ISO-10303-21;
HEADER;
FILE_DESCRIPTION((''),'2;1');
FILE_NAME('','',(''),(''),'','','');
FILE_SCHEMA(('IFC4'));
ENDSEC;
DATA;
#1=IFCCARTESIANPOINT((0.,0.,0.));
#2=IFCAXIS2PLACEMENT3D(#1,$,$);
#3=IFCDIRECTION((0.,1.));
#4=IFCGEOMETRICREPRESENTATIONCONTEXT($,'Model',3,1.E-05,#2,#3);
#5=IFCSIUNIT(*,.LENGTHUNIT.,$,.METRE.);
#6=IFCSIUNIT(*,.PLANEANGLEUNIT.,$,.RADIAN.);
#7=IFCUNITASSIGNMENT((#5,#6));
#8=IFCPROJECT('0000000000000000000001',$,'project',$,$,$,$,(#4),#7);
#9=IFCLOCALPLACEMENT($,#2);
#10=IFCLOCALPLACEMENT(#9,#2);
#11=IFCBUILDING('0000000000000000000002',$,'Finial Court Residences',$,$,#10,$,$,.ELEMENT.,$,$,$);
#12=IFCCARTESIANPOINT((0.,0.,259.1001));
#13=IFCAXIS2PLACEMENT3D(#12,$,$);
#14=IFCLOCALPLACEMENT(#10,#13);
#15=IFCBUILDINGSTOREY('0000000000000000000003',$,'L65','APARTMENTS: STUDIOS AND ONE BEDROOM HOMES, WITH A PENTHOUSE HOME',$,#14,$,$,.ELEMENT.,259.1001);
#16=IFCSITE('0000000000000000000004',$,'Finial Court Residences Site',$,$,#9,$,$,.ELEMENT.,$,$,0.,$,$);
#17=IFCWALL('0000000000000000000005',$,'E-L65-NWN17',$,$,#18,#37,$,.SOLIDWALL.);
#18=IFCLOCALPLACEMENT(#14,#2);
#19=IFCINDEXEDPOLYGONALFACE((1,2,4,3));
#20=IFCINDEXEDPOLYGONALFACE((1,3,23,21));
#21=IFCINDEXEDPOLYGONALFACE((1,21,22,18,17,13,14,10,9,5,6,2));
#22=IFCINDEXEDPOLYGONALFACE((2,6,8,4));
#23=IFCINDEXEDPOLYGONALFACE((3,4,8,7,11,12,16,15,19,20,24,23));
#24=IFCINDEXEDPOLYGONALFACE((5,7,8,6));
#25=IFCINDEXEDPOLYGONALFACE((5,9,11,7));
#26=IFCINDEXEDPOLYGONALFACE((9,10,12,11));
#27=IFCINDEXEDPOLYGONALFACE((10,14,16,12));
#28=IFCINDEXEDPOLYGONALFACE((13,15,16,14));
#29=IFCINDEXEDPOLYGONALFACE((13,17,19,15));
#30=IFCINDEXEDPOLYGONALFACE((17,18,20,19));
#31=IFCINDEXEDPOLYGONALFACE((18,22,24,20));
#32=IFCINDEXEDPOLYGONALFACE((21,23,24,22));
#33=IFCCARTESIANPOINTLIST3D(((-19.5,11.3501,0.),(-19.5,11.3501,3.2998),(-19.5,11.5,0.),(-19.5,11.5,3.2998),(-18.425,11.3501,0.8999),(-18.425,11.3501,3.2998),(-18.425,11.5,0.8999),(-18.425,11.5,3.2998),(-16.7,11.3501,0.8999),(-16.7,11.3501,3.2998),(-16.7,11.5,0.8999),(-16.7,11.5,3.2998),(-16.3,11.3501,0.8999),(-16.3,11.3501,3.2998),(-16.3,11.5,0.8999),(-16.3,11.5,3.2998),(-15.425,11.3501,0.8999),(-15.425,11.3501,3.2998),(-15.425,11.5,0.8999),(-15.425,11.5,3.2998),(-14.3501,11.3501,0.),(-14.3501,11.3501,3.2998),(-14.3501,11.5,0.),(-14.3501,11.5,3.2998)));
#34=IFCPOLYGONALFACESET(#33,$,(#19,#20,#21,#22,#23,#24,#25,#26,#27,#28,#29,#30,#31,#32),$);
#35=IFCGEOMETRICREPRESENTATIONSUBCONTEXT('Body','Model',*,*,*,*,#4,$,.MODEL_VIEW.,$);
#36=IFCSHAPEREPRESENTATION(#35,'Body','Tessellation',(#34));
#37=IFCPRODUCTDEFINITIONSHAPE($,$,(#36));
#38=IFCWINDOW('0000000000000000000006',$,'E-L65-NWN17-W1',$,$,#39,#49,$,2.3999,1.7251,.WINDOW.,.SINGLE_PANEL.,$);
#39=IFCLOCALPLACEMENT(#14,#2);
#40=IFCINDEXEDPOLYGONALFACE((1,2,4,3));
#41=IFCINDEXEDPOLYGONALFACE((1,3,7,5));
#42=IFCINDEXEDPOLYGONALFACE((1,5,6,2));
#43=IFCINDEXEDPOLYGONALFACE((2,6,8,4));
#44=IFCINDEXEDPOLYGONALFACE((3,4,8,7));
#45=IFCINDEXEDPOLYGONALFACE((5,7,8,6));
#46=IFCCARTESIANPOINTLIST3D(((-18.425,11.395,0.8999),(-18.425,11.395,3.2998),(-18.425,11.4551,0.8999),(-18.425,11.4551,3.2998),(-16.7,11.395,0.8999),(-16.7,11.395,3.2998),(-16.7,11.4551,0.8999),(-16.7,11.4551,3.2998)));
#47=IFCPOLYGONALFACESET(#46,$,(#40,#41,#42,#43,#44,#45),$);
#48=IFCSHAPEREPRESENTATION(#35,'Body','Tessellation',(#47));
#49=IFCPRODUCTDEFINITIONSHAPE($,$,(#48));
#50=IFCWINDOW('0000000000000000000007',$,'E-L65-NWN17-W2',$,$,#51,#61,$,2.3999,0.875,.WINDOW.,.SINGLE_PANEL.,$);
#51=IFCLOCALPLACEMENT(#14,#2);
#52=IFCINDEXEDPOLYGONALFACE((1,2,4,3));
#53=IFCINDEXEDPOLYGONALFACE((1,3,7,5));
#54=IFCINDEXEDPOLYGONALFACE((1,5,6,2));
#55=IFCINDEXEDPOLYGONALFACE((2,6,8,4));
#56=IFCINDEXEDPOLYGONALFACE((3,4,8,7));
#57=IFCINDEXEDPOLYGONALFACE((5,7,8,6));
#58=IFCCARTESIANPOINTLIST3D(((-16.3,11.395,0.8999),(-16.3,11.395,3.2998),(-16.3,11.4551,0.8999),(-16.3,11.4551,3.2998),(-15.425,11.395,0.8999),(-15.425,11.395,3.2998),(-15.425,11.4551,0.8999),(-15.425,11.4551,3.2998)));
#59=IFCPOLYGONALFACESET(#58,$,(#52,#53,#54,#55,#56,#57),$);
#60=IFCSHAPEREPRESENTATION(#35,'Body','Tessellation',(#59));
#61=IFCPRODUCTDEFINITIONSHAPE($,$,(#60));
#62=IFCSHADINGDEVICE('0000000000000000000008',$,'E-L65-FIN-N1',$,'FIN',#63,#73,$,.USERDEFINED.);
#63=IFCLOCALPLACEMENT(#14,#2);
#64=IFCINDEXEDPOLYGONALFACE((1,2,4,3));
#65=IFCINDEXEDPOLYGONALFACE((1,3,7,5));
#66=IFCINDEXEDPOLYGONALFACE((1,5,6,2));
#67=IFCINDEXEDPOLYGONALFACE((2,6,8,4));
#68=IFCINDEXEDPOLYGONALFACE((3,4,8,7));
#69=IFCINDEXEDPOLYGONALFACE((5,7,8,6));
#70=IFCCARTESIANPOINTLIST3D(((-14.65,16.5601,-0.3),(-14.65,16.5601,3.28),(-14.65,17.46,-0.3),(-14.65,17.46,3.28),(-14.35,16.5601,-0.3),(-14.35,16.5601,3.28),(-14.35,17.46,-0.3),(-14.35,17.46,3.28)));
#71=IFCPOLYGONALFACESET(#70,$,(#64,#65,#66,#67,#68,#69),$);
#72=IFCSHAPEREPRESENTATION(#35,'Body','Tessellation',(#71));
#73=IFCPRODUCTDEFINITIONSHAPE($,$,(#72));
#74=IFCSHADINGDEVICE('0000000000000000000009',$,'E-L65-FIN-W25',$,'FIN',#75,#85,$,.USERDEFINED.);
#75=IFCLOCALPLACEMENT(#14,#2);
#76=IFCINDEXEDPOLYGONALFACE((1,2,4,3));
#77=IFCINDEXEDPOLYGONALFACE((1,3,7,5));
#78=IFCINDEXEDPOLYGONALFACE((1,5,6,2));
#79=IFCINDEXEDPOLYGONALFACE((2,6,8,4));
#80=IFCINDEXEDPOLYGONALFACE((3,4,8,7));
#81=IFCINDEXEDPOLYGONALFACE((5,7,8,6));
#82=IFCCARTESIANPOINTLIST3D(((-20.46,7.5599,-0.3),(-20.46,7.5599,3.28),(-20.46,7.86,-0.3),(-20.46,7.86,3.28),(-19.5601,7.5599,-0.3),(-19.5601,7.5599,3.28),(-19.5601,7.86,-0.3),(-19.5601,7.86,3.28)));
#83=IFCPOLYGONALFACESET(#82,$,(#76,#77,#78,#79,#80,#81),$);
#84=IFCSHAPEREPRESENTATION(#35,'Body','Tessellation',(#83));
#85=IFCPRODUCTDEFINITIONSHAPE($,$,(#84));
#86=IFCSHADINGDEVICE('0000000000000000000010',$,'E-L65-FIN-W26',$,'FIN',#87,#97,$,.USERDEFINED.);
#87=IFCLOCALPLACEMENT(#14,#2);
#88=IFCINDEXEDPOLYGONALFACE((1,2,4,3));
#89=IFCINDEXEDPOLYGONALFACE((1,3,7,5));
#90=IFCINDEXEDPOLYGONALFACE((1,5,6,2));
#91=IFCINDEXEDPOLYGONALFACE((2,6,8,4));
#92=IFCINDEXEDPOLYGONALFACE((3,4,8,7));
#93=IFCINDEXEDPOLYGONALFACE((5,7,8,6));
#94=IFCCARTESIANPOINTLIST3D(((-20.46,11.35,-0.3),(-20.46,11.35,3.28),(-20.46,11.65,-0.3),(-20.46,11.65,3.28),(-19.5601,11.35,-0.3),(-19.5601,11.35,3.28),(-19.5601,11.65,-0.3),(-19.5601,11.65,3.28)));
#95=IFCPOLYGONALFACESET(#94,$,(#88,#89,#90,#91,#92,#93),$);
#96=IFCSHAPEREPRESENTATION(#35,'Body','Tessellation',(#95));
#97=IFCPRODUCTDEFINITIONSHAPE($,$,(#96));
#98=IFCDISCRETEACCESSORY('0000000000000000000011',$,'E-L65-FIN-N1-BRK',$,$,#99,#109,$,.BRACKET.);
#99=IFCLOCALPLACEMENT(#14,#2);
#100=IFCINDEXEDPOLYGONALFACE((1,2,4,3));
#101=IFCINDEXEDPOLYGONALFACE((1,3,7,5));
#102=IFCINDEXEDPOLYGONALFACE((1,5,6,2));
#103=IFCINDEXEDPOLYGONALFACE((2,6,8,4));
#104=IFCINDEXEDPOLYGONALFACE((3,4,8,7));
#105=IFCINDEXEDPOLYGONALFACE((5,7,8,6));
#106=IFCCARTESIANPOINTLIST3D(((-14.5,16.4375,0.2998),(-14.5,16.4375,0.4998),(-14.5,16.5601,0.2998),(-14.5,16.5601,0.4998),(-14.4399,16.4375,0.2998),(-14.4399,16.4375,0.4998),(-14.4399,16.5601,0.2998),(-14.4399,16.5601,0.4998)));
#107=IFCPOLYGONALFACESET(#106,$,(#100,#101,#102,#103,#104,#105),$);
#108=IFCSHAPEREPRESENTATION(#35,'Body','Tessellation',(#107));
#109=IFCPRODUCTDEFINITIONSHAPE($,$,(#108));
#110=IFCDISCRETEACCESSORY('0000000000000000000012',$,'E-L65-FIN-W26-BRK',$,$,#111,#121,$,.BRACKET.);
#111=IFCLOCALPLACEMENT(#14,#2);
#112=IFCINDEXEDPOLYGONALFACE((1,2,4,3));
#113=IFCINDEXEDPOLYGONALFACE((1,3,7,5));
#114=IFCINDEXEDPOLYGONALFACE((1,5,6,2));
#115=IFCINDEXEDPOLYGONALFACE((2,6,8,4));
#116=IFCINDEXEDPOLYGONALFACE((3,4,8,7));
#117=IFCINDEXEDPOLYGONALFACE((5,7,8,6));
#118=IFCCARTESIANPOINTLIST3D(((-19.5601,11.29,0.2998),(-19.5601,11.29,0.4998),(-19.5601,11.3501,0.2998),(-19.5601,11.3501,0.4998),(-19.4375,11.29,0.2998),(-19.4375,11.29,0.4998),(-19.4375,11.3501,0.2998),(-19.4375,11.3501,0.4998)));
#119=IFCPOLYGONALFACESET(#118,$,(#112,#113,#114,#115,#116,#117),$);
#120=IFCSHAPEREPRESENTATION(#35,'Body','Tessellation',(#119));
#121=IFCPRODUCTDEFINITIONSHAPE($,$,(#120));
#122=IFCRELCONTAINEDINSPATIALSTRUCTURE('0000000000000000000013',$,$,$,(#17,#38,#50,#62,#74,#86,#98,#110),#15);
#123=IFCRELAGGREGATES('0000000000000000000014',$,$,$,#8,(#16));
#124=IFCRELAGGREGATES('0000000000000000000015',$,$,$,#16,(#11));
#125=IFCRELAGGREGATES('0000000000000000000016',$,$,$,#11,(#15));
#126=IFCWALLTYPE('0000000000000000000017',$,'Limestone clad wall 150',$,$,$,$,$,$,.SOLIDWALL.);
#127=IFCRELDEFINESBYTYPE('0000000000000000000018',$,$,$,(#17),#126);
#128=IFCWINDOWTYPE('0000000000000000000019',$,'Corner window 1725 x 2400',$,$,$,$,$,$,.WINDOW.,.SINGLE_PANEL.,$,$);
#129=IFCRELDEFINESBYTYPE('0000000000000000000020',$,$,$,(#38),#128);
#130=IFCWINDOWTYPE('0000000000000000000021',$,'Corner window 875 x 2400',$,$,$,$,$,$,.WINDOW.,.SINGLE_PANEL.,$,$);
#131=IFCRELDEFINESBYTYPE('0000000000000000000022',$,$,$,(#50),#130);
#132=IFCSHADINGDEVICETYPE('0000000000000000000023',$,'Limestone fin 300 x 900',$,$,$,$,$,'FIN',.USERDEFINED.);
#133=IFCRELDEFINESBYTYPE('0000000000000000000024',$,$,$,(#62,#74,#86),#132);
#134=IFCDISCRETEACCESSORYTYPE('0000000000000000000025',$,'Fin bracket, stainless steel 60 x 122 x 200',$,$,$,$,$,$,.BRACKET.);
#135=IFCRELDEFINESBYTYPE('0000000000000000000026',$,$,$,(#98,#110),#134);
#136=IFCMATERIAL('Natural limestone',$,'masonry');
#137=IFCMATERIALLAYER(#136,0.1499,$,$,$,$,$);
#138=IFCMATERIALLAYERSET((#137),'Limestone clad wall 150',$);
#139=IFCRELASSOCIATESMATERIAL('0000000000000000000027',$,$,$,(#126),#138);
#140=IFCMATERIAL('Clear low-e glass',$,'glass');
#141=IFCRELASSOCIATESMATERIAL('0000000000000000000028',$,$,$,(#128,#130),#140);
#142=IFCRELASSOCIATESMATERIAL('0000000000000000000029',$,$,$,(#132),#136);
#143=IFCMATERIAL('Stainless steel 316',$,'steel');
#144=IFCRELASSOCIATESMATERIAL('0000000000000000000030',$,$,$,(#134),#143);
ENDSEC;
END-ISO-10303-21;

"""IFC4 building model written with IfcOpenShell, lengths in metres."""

from ifc_helpers import new_model, si_unit, direction, frame, frame_2d, origin, origin_2d, place, context, subcontext, project, spatial, rectangle, extrude, material, layer, layer_set, type_object, element, fill, save


model = new_model("IFC4")

# Units and contexts
model_context = context("Model", 3, precision=1e-05, world=origin(), true_north=direction((0.0, 1.0)))
body_context = subcontext(model_context, "Body", "Model", "MODEL_VIEW")
ifc_project = project(units=[si_unit("LENGTHUNIT", "METRE"), si_unit("PLANEANGLEUNIT", "RADIAN")], contexts=[model_context])

# Site, building, storey
site_placement = place(None, origin())
site = spatial("IfcSite", under=ifc_project, at=site_placement, Name="Finial Court Residences Site", CompositionType="ELEMENT", RefElevation=0.0)
building_placement = place(site_placement, origin())
building = spatial("IfcBuilding", under=site, at=building_placement, Name="Finial Court Residences", CompositionType="ELEMENT")
storey_placement = place(building_placement, frame((0.0, 0.0, 259.1001)))
storey = spatial("IfcBuildingStorey", under=building, at=storey_placement, Name="L65", Description="APARTMENTS: STUDIOS AND ONE BEDROOM HOMES, WITH A PENTHOUSE HOME", CompositionType="ELEMENT", Elevation=259.1001)

# Shared definitions
ifc_material_1 = material(Name="Clear low-e glass", Category="glass")

# Shared definitions
ifc_material_2 = material(Name="Natural limestone", Category="masonry")
ifc_layer_1 = layer(ifc_material_2, 0.1499)
ifc_layer_set_1 = layer_set([ifc_layer_1], Name="Limestone clad wall 150")
wall_type = type_object("IfcWallType", Name="Limestone clad wall 150", PredefinedType="SOLIDWALL", material=ifc_layer_set_1)

# Wall, openings, windows
wall_1_placement = place(storey_placement, frame((-19.5, 11.425, 0.0), z_axis=(0.0, 0.0, 1.0), x_axis=(1.0, 0.0, 0.0)))
wall_1 = element("IfcWall", 1, at=wall_1_placement, inside=storey, type_object=wall_type, Name="E-L65-NWN17", PredefinedType="SOLIDWALL", context=body_context, shape_type="SweptSolid", body=[
    extrude(rectangle(XDim=5.1499, YDim=0.1499, at=frame_2d((2.575, 0.0))), origin(), (0.0, 0.0, 1.0), 3.2998),
])
opening_1_placement = place(wall_1_placement, frame((1.075, 0.0, 0.8999)))
opening_1 = element("IfcOpeningElement", 2, at=opening_1_placement, cuts=wall_1, PredefinedType="OPENING", context=body_context, shape_type="SweptSolid", body=[
    extrude(rectangle(XDim=1.7251, YDim=2.3999, at=frame_2d((0.8625, 1.2))), frame((0.0, 0.085, 0.0), z_axis=(0.0, -1.0, 0.0), x_axis=(1.0, 0.0, 0.0)), (0.0, 0.0, 1.0), 0.1699),
])
opening_2_placement = place(wall_1_placement, frame((3.2, 0.0, 0.8999)))
opening_2 = element("IfcOpeningElement", 3, at=opening_2_placement, cuts=wall_1, PredefinedType="OPENING", context=body_context, shape_type="SweptSolid", body=[
    extrude(rectangle(XDim=0.875, YDim=2.3999, at=frame_2d((0.4375, 1.2))), frame((0.0, 0.085, 0.0), z_axis=(0.0, -1.0, 0.0), x_axis=(1.0, 0.0, 0.0)), (0.0, 0.0, 1.0), 0.1699),
])
window_type_1 = type_object("IfcWindowType", Name="Corner window 1725 x 2400", PartitioningType="SINGLE_PANEL", PredefinedType="WINDOW", material=ifc_material_1)
window_1_placement = place(opening_1_placement, origin())
window_1 = element("IfcWindow", 4, at=window_1_placement, inside=storey, type_object=window_type_1, Name="E-L65-NWN17-W1", OverallHeight=2.3999, OverallWidth=1.7251, PartitioningType="SINGLE_PANEL", PredefinedType="WINDOW", context=body_context, shape_type="SweptSolid", body=[
    extrude(rectangle(XDim=1.7251, YDim=2.3999, at=frame_2d((0.8625, 1.2))), frame((0.0, 0.03, 0.0), z_axis=(0.0, -1.0, 0.0), x_axis=(1.0, 0.0, 0.0)), (0.0, 0.0, 1.0), 0.0601),
])
fill(opening_1, window_1)
window_type_2 = type_object("IfcWindowType", Name="Corner window 875 x 2400", PartitioningType="SINGLE_PANEL", PredefinedType="WINDOW", material=ifc_material_1)
window_2_placement = place(opening_2_placement, origin())
window_2 = element("IfcWindow", 5, at=window_2_placement, inside=storey, type_object=window_type_2, Name="E-L65-NWN17-W2", OverallHeight=2.3999, OverallWidth=0.875, PartitioningType="SINGLE_PANEL", PredefinedType="WINDOW", context=body_context, shape_type="SweptSolid", body=[
    extrude(rectangle(XDim=0.875, YDim=2.3999, at=frame_2d((0.4375, 1.2))), frame((0.0, 0.03, 0.0), z_axis=(0.0, -1.0, 0.0), x_axis=(1.0, 0.0, 0.0)), (0.0, 0.0, 1.0), 0.0601),
])
fill(opening_2, window_2)

# Shading devices
shading_device_type = type_object("IfcShadingDeviceType", Name="Limestone fin 300 x 900", ElementType="FIN", PredefinedType="USERDEFINED", material=ifc_material_2)
shading_device_placement = place(storey_placement, frame((-14.5, 17.01, -0.3), z_axis=(0.0, 0.0, 1.0), x_axis=(1.0, 0.0, 0.0)))
element("IfcShadingDevice", 6, at=shading_device_placement, inside=storey, type_object=shading_device_type, Name="E-L65-FIN-N1", ObjectType="FIN", PredefinedType="USERDEFINED", context=body_context, shape_type="SweptSolid", body=[
    extrude(rectangle(XDim=0.3, YDim=0.8999, at=origin_2d()), origin(), (0.0, 0.0, 1.0), 3.5801),
])
for number, where, z_axis, x_axis, name in (
    (7, (-20.01, 7.71, -0.3), (0.0, 0.0, 1.0), (1.0, 0.0, 0.0), "E-L65-FIN-W25"),
    (8, (-20.01, 11.5, -0.3), (0.0, 0.0, 1.0), (1.0, 0.0, 0.0), "E-L65-FIN-W26"),
):
    element("IfcShadingDevice", number, at=place(storey_placement, frame(where, z_axis=z_axis, x_axis=x_axis)), inside=storey, type_object=shading_device_type, Name=name, ObjectType="FIN", PredefinedType="USERDEFINED", context=body_context, shape_type="SweptSolid", body=[
        extrude(rectangle(XDim=0.8999, YDim=0.3, at=origin_2d()), origin(), (0.0, 0.0, 1.0), 3.5801),
    ])

# Discrete accessories
ifc_material_3 = material(Name="Stainless steel 316", Category="steel")
discrete_accessory_type = type_object("IfcDiscreteAccessoryType", Name="Fin bracket, stainless steel 60 x 122 x 200", PredefinedType="BRACKET", material=ifc_material_3)
discrete_accessory_1_placement = place(storey_placement, frame((-14.47, 16.4988, 0.2998), z_axis=(0.0, 0.0, 1.0), x_axis=(1.0, 0.0, 0.0)))
element("IfcDiscreteAccessory", 9, at=discrete_accessory_1_placement, inside=storey, type_object=discrete_accessory_type, Name="E-L65-FIN-N1-BRK", PredefinedType="BRACKET", context=body_context, shape_type="SweptSolid", body=[
    extrude(rectangle(XDim=0.0601, YDim=0.1226, at=origin_2d()), origin(), (0.0, 0.0, 1.0), 0.2),
])
discrete_accessory_2_placement = place(storey_placement, frame((-19.4988, 11.3201, 0.2998), z_axis=(0.0, 0.0, 1.0), x_axis=(1.0, 0.0, 0.0)))
element("IfcDiscreteAccessory", 10, at=discrete_accessory_2_placement, inside=storey, type_object=discrete_accessory_type, Name="E-L65-FIN-W26-BRK", PredefinedType="BRACKET", context=body_context, shape_type="SweptSolid", body=[
    extrude(rectangle(XDim=0.1226, YDim=0.0601, at=origin_2d()), origin(), (0.0, 0.0, 1.0), 0.2),
])

save(model, "model.ifc")
